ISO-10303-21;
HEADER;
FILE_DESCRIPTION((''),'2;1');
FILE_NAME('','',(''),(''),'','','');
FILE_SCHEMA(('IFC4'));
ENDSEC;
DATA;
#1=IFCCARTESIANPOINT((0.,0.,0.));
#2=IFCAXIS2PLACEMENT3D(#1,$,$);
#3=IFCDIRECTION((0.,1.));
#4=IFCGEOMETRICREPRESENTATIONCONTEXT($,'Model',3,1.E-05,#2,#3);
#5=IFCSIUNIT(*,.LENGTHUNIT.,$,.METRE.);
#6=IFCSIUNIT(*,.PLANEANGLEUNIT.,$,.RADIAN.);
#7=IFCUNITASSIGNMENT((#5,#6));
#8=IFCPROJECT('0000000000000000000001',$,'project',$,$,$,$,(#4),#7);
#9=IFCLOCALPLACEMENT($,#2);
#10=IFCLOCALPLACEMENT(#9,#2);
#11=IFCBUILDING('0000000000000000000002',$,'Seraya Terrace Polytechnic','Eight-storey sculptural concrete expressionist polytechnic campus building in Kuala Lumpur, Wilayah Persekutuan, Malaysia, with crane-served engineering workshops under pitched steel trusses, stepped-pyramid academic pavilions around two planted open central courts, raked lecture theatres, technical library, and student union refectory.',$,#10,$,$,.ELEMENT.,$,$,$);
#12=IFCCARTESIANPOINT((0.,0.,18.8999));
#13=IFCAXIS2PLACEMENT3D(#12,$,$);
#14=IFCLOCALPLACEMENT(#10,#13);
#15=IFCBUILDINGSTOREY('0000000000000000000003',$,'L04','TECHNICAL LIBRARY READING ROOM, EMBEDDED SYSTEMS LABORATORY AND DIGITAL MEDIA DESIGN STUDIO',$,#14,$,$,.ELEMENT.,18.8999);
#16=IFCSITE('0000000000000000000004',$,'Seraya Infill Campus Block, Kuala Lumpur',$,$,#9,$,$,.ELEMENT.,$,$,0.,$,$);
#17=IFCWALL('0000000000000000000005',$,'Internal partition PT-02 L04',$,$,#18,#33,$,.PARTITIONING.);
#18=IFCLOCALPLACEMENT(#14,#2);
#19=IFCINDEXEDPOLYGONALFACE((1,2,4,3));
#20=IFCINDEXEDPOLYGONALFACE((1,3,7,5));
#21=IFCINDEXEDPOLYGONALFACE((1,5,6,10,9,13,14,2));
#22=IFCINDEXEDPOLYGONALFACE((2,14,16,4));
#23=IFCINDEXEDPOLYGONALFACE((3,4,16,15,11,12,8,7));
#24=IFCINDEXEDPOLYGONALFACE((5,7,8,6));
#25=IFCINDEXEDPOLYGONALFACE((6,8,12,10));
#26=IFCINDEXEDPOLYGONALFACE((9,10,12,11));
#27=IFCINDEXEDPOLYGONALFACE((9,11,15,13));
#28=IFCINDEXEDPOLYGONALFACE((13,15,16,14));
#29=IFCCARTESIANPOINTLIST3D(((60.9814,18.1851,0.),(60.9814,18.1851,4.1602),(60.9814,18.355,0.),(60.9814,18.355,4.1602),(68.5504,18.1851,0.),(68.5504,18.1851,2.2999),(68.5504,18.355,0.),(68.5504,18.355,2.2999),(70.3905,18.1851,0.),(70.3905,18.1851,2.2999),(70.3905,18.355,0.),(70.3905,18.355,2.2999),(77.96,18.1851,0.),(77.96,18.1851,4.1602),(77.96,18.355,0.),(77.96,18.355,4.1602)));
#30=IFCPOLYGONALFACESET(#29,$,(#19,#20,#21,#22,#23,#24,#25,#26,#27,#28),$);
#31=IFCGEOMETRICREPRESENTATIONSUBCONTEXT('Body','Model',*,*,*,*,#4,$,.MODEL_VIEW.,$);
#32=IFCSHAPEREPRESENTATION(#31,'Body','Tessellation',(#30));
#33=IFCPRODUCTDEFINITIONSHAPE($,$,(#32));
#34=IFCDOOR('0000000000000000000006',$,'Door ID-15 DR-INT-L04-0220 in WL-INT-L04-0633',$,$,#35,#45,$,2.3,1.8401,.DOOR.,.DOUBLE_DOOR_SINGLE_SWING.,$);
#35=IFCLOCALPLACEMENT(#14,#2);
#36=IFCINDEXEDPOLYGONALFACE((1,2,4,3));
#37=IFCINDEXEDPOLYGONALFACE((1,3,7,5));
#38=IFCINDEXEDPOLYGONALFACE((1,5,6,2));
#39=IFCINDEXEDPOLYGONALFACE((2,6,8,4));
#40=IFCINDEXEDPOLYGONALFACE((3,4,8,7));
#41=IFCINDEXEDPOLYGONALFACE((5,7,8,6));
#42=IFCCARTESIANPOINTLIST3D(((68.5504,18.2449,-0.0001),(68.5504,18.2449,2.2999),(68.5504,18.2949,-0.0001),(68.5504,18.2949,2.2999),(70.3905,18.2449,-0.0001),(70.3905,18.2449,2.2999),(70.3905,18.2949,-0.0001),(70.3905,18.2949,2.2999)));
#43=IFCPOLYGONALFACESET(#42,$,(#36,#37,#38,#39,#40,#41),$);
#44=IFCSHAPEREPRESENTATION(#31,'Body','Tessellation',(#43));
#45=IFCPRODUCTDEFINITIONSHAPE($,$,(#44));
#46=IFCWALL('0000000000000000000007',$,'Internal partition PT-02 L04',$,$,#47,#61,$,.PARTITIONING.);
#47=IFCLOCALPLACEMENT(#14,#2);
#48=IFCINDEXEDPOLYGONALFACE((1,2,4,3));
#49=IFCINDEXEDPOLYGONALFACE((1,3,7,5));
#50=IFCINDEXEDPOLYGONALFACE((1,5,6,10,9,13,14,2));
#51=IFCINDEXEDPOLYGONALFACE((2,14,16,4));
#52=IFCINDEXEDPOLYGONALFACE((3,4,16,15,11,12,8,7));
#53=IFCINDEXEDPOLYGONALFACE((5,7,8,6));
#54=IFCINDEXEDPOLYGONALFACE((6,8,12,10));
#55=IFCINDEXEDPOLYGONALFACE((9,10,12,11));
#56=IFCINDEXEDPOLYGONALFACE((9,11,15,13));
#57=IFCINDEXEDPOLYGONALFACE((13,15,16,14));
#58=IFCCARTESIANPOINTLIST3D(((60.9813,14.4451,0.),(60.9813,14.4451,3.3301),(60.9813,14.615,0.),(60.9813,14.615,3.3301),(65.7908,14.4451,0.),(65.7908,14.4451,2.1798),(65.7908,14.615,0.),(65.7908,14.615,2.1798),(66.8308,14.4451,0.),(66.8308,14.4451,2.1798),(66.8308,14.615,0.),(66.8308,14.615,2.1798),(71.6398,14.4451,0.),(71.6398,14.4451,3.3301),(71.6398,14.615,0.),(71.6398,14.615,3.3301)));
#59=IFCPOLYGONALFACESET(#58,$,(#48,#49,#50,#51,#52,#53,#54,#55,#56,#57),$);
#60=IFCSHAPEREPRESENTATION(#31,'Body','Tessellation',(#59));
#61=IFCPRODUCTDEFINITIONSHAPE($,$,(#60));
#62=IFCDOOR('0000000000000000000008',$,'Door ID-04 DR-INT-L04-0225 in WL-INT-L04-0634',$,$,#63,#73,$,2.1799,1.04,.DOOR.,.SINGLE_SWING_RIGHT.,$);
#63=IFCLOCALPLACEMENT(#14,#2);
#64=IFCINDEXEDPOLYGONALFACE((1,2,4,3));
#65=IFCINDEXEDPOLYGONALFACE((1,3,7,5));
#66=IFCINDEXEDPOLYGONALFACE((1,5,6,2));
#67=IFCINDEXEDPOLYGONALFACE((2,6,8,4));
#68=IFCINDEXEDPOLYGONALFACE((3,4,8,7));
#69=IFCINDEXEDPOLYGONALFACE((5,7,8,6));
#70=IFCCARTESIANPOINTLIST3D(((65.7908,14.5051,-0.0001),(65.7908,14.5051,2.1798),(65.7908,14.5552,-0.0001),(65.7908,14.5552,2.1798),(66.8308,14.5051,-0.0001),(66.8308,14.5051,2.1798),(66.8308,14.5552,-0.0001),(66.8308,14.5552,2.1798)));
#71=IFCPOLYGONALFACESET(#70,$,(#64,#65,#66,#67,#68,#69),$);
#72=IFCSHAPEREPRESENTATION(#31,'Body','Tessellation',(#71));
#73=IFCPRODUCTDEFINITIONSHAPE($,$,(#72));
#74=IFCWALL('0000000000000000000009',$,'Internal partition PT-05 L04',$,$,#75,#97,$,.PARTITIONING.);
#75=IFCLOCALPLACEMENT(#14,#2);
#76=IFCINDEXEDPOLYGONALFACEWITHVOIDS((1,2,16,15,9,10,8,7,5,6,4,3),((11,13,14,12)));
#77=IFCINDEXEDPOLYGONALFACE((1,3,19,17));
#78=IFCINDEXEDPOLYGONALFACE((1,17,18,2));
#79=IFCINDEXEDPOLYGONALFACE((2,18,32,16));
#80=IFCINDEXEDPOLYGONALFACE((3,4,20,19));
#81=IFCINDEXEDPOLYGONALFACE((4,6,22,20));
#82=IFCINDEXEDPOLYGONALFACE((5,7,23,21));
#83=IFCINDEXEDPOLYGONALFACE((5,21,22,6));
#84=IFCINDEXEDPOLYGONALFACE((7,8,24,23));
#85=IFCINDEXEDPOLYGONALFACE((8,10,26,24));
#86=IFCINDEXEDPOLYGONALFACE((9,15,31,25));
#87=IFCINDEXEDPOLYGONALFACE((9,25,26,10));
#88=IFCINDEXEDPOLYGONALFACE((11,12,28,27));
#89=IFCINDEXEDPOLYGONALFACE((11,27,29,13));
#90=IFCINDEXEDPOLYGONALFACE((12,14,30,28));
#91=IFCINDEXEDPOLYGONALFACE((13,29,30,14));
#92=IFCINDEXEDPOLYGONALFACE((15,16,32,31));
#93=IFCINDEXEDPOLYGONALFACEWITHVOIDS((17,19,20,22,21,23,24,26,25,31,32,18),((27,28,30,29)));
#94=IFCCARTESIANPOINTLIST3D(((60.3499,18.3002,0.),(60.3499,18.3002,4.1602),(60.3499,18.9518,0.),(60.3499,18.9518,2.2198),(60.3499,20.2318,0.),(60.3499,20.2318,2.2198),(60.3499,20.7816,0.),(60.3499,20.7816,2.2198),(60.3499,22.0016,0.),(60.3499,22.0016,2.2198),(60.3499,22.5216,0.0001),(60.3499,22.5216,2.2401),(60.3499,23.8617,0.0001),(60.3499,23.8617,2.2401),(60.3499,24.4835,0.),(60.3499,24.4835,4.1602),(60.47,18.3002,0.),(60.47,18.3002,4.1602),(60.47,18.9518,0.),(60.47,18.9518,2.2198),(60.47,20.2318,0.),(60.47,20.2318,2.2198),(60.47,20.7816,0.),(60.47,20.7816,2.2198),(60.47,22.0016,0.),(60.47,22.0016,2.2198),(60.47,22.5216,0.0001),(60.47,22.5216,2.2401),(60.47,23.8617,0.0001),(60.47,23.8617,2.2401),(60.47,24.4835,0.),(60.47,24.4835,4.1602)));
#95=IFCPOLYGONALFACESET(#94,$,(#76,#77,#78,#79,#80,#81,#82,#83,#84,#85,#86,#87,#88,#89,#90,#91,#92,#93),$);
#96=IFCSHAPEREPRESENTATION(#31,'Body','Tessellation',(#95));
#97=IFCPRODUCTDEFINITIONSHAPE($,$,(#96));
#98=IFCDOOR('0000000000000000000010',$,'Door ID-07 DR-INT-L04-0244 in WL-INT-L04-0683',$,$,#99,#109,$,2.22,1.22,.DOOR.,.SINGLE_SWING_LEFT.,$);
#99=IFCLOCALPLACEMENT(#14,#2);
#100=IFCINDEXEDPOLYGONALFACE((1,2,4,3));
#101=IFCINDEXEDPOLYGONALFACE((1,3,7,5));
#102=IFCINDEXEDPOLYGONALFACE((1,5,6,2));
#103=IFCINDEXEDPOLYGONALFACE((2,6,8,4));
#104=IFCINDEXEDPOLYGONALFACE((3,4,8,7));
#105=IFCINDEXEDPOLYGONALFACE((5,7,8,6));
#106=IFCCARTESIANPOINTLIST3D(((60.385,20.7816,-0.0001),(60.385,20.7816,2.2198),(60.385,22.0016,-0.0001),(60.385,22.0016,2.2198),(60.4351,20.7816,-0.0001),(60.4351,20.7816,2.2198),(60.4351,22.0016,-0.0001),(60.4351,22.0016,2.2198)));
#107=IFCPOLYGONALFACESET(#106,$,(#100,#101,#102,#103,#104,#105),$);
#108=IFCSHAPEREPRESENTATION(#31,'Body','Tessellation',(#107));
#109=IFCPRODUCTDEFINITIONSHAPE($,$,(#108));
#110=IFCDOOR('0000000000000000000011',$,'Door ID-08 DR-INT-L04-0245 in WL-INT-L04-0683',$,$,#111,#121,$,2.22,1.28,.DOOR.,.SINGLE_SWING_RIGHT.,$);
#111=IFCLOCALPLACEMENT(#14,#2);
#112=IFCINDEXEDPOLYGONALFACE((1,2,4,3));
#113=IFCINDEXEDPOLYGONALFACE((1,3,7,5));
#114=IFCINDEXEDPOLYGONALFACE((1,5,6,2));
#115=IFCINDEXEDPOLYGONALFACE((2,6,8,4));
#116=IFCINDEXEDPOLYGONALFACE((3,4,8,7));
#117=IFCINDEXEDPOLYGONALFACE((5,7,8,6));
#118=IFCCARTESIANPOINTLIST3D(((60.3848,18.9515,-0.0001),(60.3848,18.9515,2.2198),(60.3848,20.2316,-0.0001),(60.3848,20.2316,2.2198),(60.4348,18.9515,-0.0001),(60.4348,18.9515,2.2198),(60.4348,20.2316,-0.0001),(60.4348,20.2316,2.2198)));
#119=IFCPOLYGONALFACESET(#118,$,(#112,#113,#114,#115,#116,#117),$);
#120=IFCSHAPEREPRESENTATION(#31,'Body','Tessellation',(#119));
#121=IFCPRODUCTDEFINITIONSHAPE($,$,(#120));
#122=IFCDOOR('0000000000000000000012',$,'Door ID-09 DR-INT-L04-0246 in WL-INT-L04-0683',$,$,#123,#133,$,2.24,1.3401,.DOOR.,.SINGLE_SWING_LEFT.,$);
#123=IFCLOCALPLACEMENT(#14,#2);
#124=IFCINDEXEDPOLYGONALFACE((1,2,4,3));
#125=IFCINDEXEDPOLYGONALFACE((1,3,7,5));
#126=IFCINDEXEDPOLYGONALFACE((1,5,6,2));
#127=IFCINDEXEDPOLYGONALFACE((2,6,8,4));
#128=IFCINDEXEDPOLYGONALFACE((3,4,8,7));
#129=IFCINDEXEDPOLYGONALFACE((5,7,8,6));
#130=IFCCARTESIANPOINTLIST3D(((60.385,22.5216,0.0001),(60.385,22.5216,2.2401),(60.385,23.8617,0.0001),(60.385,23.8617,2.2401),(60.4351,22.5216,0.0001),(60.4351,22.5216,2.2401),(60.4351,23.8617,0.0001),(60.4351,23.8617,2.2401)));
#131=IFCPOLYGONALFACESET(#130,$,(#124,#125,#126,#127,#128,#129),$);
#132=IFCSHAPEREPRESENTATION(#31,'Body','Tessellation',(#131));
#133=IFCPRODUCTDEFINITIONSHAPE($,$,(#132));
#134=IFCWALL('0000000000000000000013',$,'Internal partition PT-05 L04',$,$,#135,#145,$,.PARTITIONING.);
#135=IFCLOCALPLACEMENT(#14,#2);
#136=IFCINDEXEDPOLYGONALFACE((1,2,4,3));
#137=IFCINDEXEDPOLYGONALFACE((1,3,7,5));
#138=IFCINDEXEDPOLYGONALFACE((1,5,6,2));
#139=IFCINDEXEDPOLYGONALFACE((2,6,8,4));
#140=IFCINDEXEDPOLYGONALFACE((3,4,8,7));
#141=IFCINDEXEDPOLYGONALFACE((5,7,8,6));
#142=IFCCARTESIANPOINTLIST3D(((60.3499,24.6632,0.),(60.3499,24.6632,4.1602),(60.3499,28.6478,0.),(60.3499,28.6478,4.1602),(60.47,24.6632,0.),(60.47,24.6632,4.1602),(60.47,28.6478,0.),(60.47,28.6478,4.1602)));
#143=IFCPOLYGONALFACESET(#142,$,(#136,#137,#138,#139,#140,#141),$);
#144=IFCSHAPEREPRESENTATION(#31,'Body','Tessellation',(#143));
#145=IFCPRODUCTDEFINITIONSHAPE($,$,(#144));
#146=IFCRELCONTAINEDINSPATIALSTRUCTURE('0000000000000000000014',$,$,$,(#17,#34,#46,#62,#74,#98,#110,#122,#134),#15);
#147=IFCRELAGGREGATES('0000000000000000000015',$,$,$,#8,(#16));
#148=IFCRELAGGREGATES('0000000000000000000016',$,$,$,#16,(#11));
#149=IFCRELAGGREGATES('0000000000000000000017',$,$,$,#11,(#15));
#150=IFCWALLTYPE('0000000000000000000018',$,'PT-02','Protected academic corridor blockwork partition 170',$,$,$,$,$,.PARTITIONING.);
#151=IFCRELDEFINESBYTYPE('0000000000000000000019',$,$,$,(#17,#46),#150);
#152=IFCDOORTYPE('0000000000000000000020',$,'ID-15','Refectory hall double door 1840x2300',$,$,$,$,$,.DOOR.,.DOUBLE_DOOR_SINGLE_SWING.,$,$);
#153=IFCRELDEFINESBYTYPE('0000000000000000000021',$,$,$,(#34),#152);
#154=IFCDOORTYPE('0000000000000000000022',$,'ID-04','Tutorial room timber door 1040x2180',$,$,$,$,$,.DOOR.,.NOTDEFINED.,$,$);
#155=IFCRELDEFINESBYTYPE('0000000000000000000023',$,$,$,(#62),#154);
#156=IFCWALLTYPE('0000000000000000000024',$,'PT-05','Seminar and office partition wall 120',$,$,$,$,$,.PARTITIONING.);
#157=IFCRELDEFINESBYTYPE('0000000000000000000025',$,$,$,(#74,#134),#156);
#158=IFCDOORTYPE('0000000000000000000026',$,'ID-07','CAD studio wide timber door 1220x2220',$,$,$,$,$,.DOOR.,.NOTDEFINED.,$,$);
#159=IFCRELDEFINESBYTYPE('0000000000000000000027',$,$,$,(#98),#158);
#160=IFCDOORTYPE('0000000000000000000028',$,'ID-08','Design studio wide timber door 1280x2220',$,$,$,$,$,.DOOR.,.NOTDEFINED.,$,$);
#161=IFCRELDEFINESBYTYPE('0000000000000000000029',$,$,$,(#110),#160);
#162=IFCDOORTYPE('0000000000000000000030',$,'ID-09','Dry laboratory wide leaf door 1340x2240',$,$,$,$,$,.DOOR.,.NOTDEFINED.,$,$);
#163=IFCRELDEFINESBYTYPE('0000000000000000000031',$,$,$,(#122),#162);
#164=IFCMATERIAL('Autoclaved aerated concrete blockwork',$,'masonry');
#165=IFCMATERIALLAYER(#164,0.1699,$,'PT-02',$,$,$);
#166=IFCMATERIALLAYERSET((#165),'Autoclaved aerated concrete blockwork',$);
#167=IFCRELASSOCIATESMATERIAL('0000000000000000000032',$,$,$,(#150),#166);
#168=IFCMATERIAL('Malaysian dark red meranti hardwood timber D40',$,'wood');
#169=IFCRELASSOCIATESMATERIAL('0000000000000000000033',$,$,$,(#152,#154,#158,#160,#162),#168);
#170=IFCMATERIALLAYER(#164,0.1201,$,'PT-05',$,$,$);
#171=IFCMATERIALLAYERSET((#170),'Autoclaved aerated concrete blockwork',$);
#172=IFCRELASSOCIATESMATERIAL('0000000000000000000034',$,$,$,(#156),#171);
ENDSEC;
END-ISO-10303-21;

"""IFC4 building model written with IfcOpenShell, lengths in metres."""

from ifc_helpers import new_model, si_unit, direction, frame, frame_2d, origin, place, context, subcontext, project, spatial, rectangle, extrude, material, layer, layer_set, type_object, element, fill, save


model = new_model("IFC4")

# Units and contexts
model_context = context("Model", 3, precision=1e-05, world=origin(), true_north=direction((0.0, 1.0)))
body_context = subcontext(model_context, "Body", "Model", "MODEL_VIEW")
ifc_project = project(units=[si_unit("LENGTHUNIT", "METRE"), si_unit("PLANEANGLEUNIT", "RADIAN")], contexts=[model_context])

# Site, building, storey
site_placement = place(None, origin())
site = spatial("IfcSite", under=ifc_project, at=site_placement, Name="Seraya Infill Campus Block, Kuala Lumpur", CompositionType="ELEMENT", RefElevation=0.0)
building_placement = place(site_placement, origin())
building = spatial("IfcBuilding", under=site, at=building_placement, Name="Seraya Terrace Polytechnic", Description="Eight-storey sculptural concrete expressionist polytechnic campus building in Kuala Lumpur, Wilayah Persekutuan, Malaysia, with crane-served engineering workshops under pitched steel trusses, stepped-pyramid academic pavilions around two planted open central courts, raked lecture theatres, technical library, and student union refectory.", CompositionType="ELEMENT")
storey_placement = place(building_placement, frame((0.0, 0.0, 18.8999)))
storey = spatial("IfcBuildingStorey", under=building, at=storey_placement, Name="L04", Description="TECHNICAL LIBRARY READING ROOM, EMBEDDED SYSTEMS LABORATORY AND DIGITAL MEDIA DESIGN STUDIO", CompositionType="ELEMENT", Elevation=18.8999)

# Shared definitions
ifc_material_1 = material(Name="Autoclaved aerated concrete blockwork", Category="masonry")
ifc_layer_1 = layer(ifc_material_1, 0.1699, Name="PT-02")
ifc_layer_set_1 = layer_set([ifc_layer_1], Name="Autoclaved aerated concrete blockwork")
wall_type_1 = type_object("IfcWallType", Name="PT-02", Description="Protected academic corridor blockwork partition 170", PredefinedType="PARTITIONING", material=ifc_layer_set_1)

# Walls, openings, doors
wall_1_placement = place(storey_placement, frame((60.9814, 18.27, 0.0), z_axis=(0.0, 0.0, 1.0), x_axis=(1.0, 0.0, 0.0)))
wall_1 = element("IfcWall", 1, at=wall_1_placement, inside=storey, type_object=wall_type_1, Name="Internal partition PT-02 L04", PredefinedType="PARTITIONING", context=body_context, shape_type="SweptSolid", body=[
    extrude(rectangle(XDim=16.9785, YDim=0.1699, at=frame_2d((8.4893, 0.0))), origin(), (0.0, 0.0, 1.0), 4.1602),
])
opening_1_placement = place(wall_1_placement, frame((7.5691, 0.0, 0.0)))
opening_1 = element("IfcOpeningElement", 2, at=opening_1_placement, cuts=wall_1, PredefinedType="OPENING", context=body_context, shape_type="SweptSolid", body=[
    extrude(rectangle(XDim=1.8401, YDim=2.3, at=frame_2d((0.9199, 1.1499))), frame((0.0, 0.0969, 0.0), z_axis=(0.0, -1.0, 0.0), x_axis=(1.0, 0.0, 0.0)), (0.0, 0.0, 1.0), 0.1938),
])
ifc_material_2 = material(Name="Malaysian dark red meranti hardwood timber D40", Category="wood")
door_type_1 = type_object("IfcDoorType", Name="ID-15", Description="Refectory hall double door 1840x2300", OperationType="DOUBLE_DOOR_SINGLE_SWING", PredefinedType="DOOR", material=ifc_material_2)
door_1_placement = place(opening_1_placement, origin())
door_1 = element("IfcDoor", 3, at=door_1_placement, inside=storey, type_object=door_type_1, Name="Door ID-15 DR-INT-L04-0220 in WL-INT-L04-0633", OperationType="DOUBLE_DOOR_SINGLE_SWING", OverallHeight=2.3, OverallWidth=1.8401, PredefinedType="DOOR", context=body_context, shape_type="SweptSolid", body=[
    extrude(rectangle(XDim=1.8401, YDim=2.3, at=frame_2d((0.9199, 1.1499))), frame((0.0, 0.0249, 0.0), z_axis=(0.0, -1.0, 0.0), x_axis=(1.0, 0.0, 0.0)), (0.0, 0.0, 1.0), 0.05),
])
fill(opening_1, door_1)
wall_2_placement = place(storey_placement, frame((60.9814, 14.53, 0.0), z_axis=(0.0, 0.0, 1.0), x_axis=(1.0, 0.0, 0.0)))
wall_2 = element("IfcWall", 4, at=wall_2_placement, inside=storey, type_object=wall_type_1, Name="Internal partition PT-02 L04", PredefinedType="PARTITIONING", context=body_context, shape_type="SweptSolid", body=[
    extrude(rectangle(XDim=10.6584, YDim=0.1699, at=frame_2d((5.3291, 0.0))), origin(), (0.0, 0.0, 1.0), 3.3301),
])
opening_2_placement = place(wall_2_placement, frame((4.8093, 0.0, 0.0)))
opening_2 = element("IfcOpeningElement", 5, at=opening_2_placement, cuts=wall_2, PredefinedType="OPENING", context=body_context, shape_type="SweptSolid", body=[
    extrude(rectangle(XDim=1.04, YDim=2.1799, at=frame_2d((0.52, 1.0898))), frame((0.0, 0.0969, 0.0), z_axis=(0.0, -1.0, 0.0), x_axis=(1.0, 0.0, 0.0)), (0.0, 0.0, 1.0), 0.1938),
])
door_type_2 = type_object("IfcDoorType", Name="ID-04", Description="Tutorial room timber door 1040x2180", OperationType="NOTDEFINED", PredefinedType="DOOR", material=ifc_material_2)
door_2_placement = place(opening_2_placement, frame((1.04, 0.0, 0.0), z_axis=(0.0, 0.0, 1.0), x_axis=(-1.0, 0.0, 0.0)))
door_2 = element("IfcDoor", 6, at=door_2_placement, inside=storey, type_object=door_type_2, Name="Door ID-04 DR-INT-L04-0225 in WL-INT-L04-0634", OperationType="SINGLE_SWING_RIGHT", OverallHeight=2.1799, OverallWidth=1.04, PredefinedType="DOOR", context=body_context, shape_type="SweptSolid", body=[
    extrude(rectangle(XDim=1.04, YDim=2.1799, at=frame_2d((0.52, 1.0898))), frame((0.0, 0.0249, 0.0), z_axis=(0.0, -1.0, 0.0), x_axis=(1.0, 0.0, 0.0)), (0.0, 0.0, 1.0), 0.05),
])
fill(opening_2, door_2)

# Wall, openings, doors
ifc_layer_2 = layer(ifc_material_1, 0.1201, Name="PT-05")
ifc_layer_set_2 = layer_set([ifc_layer_2], Name="Autoclaved aerated concrete blockwork")
wall_type_2 = type_object("IfcWallType", Name="PT-05", Description="Seminar and office partition wall 120", PredefinedType="PARTITIONING", material=ifc_layer_set_2)
wall_3_placement = place(storey_placement, frame((60.4099, 18.3, 0.0), z_axis=(0.0, 0.0, 1.0), x_axis=(0.0, 1.0, 0.0)))
wall_3 = element("IfcWall", 7, at=wall_3_placement, inside=storey, type_object=wall_type_2, Name="Internal partition PT-05 L04", PredefinedType="PARTITIONING", context=body_context, shape_type="SweptSolid", body=[
    extrude(rectangle(XDim=6.1833, YDim=0.1201, at=frame_2d((3.0918, 0.0))), origin(), (0.0, 0.0, 1.0), 4.1602),
])
opening_3_placement = place(wall_3_placement, frame((2.4817, 0.0, 0.0)))
opening_3 = element("IfcOpeningElement", 8, at=opening_3_placement, cuts=wall_3, PredefinedType="OPENING", context=body_context, shape_type="SweptSolid", body=[
    extrude(rectangle(XDim=1.22, YDim=2.22, at=frame_2d((0.6099, 1.1099))), frame((0.0, 0.072, 0.0), z_axis=(0.0, -1.0, 0.0), x_axis=(1.0, 0.0, 0.0)), (0.0, 0.0, 1.0), 0.144),
])
opening_4_placement = place(wall_3_placement, frame((0.6516, 0.0, 0.0)))
opening_4 = element("IfcOpeningElement", 9, at=opening_4_placement, cuts=wall_3, PredefinedType="OPENING", context=body_context, shape_type="SweptSolid", body=[
    extrude(rectangle(XDim=1.28, YDim=2.22, at=frame_2d((0.6401, 1.1099))), frame((0.0, 0.072, 0.0), z_axis=(0.0, -1.0, 0.0), x_axis=(1.0, 0.0, 0.0)), (0.0, 0.0, 1.0), 0.144),
])
opening_5_placement = place(wall_3_placement, frame((4.2217, 0.0, 0.0)))
opening_5 = element("IfcOpeningElement", 10, at=opening_5_placement, cuts=wall_3, PredefinedType="OPENING", context=body_context, shape_type="SweptSolid", body=[
    extrude(rectangle(XDim=1.3401, YDim=2.24, at=frame_2d((0.6699, 1.1201))), frame((0.0, 0.072, 0.0), z_axis=(0.0, -1.0, 0.0), x_axis=(1.0, 0.0, 0.0)), (0.0, 0.0, 1.0), 0.144),
])
door_type_3 = type_object("IfcDoorType", Name="ID-07", Description="CAD studio wide timber door 1220x2220", OperationType="NOTDEFINED", PredefinedType="DOOR", material=ifc_material_2)
door_3_placement = place(opening_3_placement, origin())
door_3 = element("IfcDoor", 11, at=door_3_placement, inside=storey, type_object=door_type_3, Name="Door ID-07 DR-INT-L04-0244 in WL-INT-L04-0683", OperationType="SINGLE_SWING_LEFT", OverallHeight=2.22, OverallWidth=1.22, PredefinedType="DOOR", context=body_context, shape_type="SweptSolid", body=[
    extrude(rectangle(XDim=1.22, YDim=2.22, at=frame_2d((0.6099, 1.1099))), frame((0.0, 0.0249, 0.0), z_axis=(0.0, -1.0, 0.0), x_axis=(1.0, 0.0, 0.0)), (0.0, 0.0, 1.0), 0.05),
])
fill(opening_3, door_3)
door_type_4 = type_object("IfcDoorType", Name="ID-08", Description="Design studio wide timber door 1280x2220", OperationType="NOTDEFINED", PredefinedType="DOOR", material=ifc_material_2)
door_4_placement = place(opening_4_placement, frame((1.28, 0.0, 0.0), z_axis=(0.0, 0.0, 1.0), x_axis=(-1.0, 0.0, 0.0)))
door_4 = element("IfcDoor", 12, at=door_4_placement, inside=storey, type_object=door_type_4, Name="Door ID-08 DR-INT-L04-0245 in WL-INT-L04-0683", OperationType="SINGLE_SWING_RIGHT", OverallHeight=2.22, OverallWidth=1.28, PredefinedType="DOOR", context=body_context, shape_type="SweptSolid", body=[
    extrude(rectangle(XDim=1.28, YDim=2.22, at=frame_2d((0.6401, 1.1099))), frame((0.0, 0.0249, 0.0), z_axis=(0.0, -1.0, 0.0), x_axis=(1.0, 0.0, 0.0)), (0.0, 0.0, 1.0), 0.05),
])
fill(opening_4, door_4)
door_type_5 = type_object("IfcDoorType", Name="ID-09", Description="Dry laboratory wide leaf door 1340x2240", OperationType="NOTDEFINED", PredefinedType="DOOR", material=ifc_material_2)
door_5_placement = place(opening_5_placement, origin())
door_5 = element("IfcDoor", 13, at=door_5_placement, inside=storey, type_object=door_type_5, Name="Door ID-09 DR-INT-L04-0246 in WL-INT-L04-0683", OperationType="SINGLE_SWING_LEFT", OverallHeight=2.24, OverallWidth=1.3401, PredefinedType="DOOR", context=body_context, shape_type="SweptSolid", body=[
    extrude(rectangle(XDim=1.3401, YDim=2.24, at=frame_2d((0.6699, 1.1201))), frame((0.0, 0.0249, 0.0), z_axis=(0.0, -1.0, 0.0), x_axis=(1.0, 0.0, 0.0)), (0.0, 0.0, 1.0), 0.05),
])
fill(opening_5, door_5)

# Wall
wall_4_placement = place(storey_placement, frame((60.4099, 24.6633, 0.0), z_axis=(0.0, 0.0, 1.0), x_axis=(0.0, 1.0, 0.0)))
element("IfcWall", 14, at=wall_4_placement, inside=storey, type_object=wall_type_2, Name="Internal partition PT-05 L04", PredefinedType="PARTITIONING", context=body_context, shape_type="SweptSolid", body=[
    extrude(rectangle(XDim=3.9846, YDim=0.1201, at=frame_2d((1.9922, 0.0))), origin(), (0.0, 0.0, 1.0), 4.1602),
])

save(model, "model.ifc")
